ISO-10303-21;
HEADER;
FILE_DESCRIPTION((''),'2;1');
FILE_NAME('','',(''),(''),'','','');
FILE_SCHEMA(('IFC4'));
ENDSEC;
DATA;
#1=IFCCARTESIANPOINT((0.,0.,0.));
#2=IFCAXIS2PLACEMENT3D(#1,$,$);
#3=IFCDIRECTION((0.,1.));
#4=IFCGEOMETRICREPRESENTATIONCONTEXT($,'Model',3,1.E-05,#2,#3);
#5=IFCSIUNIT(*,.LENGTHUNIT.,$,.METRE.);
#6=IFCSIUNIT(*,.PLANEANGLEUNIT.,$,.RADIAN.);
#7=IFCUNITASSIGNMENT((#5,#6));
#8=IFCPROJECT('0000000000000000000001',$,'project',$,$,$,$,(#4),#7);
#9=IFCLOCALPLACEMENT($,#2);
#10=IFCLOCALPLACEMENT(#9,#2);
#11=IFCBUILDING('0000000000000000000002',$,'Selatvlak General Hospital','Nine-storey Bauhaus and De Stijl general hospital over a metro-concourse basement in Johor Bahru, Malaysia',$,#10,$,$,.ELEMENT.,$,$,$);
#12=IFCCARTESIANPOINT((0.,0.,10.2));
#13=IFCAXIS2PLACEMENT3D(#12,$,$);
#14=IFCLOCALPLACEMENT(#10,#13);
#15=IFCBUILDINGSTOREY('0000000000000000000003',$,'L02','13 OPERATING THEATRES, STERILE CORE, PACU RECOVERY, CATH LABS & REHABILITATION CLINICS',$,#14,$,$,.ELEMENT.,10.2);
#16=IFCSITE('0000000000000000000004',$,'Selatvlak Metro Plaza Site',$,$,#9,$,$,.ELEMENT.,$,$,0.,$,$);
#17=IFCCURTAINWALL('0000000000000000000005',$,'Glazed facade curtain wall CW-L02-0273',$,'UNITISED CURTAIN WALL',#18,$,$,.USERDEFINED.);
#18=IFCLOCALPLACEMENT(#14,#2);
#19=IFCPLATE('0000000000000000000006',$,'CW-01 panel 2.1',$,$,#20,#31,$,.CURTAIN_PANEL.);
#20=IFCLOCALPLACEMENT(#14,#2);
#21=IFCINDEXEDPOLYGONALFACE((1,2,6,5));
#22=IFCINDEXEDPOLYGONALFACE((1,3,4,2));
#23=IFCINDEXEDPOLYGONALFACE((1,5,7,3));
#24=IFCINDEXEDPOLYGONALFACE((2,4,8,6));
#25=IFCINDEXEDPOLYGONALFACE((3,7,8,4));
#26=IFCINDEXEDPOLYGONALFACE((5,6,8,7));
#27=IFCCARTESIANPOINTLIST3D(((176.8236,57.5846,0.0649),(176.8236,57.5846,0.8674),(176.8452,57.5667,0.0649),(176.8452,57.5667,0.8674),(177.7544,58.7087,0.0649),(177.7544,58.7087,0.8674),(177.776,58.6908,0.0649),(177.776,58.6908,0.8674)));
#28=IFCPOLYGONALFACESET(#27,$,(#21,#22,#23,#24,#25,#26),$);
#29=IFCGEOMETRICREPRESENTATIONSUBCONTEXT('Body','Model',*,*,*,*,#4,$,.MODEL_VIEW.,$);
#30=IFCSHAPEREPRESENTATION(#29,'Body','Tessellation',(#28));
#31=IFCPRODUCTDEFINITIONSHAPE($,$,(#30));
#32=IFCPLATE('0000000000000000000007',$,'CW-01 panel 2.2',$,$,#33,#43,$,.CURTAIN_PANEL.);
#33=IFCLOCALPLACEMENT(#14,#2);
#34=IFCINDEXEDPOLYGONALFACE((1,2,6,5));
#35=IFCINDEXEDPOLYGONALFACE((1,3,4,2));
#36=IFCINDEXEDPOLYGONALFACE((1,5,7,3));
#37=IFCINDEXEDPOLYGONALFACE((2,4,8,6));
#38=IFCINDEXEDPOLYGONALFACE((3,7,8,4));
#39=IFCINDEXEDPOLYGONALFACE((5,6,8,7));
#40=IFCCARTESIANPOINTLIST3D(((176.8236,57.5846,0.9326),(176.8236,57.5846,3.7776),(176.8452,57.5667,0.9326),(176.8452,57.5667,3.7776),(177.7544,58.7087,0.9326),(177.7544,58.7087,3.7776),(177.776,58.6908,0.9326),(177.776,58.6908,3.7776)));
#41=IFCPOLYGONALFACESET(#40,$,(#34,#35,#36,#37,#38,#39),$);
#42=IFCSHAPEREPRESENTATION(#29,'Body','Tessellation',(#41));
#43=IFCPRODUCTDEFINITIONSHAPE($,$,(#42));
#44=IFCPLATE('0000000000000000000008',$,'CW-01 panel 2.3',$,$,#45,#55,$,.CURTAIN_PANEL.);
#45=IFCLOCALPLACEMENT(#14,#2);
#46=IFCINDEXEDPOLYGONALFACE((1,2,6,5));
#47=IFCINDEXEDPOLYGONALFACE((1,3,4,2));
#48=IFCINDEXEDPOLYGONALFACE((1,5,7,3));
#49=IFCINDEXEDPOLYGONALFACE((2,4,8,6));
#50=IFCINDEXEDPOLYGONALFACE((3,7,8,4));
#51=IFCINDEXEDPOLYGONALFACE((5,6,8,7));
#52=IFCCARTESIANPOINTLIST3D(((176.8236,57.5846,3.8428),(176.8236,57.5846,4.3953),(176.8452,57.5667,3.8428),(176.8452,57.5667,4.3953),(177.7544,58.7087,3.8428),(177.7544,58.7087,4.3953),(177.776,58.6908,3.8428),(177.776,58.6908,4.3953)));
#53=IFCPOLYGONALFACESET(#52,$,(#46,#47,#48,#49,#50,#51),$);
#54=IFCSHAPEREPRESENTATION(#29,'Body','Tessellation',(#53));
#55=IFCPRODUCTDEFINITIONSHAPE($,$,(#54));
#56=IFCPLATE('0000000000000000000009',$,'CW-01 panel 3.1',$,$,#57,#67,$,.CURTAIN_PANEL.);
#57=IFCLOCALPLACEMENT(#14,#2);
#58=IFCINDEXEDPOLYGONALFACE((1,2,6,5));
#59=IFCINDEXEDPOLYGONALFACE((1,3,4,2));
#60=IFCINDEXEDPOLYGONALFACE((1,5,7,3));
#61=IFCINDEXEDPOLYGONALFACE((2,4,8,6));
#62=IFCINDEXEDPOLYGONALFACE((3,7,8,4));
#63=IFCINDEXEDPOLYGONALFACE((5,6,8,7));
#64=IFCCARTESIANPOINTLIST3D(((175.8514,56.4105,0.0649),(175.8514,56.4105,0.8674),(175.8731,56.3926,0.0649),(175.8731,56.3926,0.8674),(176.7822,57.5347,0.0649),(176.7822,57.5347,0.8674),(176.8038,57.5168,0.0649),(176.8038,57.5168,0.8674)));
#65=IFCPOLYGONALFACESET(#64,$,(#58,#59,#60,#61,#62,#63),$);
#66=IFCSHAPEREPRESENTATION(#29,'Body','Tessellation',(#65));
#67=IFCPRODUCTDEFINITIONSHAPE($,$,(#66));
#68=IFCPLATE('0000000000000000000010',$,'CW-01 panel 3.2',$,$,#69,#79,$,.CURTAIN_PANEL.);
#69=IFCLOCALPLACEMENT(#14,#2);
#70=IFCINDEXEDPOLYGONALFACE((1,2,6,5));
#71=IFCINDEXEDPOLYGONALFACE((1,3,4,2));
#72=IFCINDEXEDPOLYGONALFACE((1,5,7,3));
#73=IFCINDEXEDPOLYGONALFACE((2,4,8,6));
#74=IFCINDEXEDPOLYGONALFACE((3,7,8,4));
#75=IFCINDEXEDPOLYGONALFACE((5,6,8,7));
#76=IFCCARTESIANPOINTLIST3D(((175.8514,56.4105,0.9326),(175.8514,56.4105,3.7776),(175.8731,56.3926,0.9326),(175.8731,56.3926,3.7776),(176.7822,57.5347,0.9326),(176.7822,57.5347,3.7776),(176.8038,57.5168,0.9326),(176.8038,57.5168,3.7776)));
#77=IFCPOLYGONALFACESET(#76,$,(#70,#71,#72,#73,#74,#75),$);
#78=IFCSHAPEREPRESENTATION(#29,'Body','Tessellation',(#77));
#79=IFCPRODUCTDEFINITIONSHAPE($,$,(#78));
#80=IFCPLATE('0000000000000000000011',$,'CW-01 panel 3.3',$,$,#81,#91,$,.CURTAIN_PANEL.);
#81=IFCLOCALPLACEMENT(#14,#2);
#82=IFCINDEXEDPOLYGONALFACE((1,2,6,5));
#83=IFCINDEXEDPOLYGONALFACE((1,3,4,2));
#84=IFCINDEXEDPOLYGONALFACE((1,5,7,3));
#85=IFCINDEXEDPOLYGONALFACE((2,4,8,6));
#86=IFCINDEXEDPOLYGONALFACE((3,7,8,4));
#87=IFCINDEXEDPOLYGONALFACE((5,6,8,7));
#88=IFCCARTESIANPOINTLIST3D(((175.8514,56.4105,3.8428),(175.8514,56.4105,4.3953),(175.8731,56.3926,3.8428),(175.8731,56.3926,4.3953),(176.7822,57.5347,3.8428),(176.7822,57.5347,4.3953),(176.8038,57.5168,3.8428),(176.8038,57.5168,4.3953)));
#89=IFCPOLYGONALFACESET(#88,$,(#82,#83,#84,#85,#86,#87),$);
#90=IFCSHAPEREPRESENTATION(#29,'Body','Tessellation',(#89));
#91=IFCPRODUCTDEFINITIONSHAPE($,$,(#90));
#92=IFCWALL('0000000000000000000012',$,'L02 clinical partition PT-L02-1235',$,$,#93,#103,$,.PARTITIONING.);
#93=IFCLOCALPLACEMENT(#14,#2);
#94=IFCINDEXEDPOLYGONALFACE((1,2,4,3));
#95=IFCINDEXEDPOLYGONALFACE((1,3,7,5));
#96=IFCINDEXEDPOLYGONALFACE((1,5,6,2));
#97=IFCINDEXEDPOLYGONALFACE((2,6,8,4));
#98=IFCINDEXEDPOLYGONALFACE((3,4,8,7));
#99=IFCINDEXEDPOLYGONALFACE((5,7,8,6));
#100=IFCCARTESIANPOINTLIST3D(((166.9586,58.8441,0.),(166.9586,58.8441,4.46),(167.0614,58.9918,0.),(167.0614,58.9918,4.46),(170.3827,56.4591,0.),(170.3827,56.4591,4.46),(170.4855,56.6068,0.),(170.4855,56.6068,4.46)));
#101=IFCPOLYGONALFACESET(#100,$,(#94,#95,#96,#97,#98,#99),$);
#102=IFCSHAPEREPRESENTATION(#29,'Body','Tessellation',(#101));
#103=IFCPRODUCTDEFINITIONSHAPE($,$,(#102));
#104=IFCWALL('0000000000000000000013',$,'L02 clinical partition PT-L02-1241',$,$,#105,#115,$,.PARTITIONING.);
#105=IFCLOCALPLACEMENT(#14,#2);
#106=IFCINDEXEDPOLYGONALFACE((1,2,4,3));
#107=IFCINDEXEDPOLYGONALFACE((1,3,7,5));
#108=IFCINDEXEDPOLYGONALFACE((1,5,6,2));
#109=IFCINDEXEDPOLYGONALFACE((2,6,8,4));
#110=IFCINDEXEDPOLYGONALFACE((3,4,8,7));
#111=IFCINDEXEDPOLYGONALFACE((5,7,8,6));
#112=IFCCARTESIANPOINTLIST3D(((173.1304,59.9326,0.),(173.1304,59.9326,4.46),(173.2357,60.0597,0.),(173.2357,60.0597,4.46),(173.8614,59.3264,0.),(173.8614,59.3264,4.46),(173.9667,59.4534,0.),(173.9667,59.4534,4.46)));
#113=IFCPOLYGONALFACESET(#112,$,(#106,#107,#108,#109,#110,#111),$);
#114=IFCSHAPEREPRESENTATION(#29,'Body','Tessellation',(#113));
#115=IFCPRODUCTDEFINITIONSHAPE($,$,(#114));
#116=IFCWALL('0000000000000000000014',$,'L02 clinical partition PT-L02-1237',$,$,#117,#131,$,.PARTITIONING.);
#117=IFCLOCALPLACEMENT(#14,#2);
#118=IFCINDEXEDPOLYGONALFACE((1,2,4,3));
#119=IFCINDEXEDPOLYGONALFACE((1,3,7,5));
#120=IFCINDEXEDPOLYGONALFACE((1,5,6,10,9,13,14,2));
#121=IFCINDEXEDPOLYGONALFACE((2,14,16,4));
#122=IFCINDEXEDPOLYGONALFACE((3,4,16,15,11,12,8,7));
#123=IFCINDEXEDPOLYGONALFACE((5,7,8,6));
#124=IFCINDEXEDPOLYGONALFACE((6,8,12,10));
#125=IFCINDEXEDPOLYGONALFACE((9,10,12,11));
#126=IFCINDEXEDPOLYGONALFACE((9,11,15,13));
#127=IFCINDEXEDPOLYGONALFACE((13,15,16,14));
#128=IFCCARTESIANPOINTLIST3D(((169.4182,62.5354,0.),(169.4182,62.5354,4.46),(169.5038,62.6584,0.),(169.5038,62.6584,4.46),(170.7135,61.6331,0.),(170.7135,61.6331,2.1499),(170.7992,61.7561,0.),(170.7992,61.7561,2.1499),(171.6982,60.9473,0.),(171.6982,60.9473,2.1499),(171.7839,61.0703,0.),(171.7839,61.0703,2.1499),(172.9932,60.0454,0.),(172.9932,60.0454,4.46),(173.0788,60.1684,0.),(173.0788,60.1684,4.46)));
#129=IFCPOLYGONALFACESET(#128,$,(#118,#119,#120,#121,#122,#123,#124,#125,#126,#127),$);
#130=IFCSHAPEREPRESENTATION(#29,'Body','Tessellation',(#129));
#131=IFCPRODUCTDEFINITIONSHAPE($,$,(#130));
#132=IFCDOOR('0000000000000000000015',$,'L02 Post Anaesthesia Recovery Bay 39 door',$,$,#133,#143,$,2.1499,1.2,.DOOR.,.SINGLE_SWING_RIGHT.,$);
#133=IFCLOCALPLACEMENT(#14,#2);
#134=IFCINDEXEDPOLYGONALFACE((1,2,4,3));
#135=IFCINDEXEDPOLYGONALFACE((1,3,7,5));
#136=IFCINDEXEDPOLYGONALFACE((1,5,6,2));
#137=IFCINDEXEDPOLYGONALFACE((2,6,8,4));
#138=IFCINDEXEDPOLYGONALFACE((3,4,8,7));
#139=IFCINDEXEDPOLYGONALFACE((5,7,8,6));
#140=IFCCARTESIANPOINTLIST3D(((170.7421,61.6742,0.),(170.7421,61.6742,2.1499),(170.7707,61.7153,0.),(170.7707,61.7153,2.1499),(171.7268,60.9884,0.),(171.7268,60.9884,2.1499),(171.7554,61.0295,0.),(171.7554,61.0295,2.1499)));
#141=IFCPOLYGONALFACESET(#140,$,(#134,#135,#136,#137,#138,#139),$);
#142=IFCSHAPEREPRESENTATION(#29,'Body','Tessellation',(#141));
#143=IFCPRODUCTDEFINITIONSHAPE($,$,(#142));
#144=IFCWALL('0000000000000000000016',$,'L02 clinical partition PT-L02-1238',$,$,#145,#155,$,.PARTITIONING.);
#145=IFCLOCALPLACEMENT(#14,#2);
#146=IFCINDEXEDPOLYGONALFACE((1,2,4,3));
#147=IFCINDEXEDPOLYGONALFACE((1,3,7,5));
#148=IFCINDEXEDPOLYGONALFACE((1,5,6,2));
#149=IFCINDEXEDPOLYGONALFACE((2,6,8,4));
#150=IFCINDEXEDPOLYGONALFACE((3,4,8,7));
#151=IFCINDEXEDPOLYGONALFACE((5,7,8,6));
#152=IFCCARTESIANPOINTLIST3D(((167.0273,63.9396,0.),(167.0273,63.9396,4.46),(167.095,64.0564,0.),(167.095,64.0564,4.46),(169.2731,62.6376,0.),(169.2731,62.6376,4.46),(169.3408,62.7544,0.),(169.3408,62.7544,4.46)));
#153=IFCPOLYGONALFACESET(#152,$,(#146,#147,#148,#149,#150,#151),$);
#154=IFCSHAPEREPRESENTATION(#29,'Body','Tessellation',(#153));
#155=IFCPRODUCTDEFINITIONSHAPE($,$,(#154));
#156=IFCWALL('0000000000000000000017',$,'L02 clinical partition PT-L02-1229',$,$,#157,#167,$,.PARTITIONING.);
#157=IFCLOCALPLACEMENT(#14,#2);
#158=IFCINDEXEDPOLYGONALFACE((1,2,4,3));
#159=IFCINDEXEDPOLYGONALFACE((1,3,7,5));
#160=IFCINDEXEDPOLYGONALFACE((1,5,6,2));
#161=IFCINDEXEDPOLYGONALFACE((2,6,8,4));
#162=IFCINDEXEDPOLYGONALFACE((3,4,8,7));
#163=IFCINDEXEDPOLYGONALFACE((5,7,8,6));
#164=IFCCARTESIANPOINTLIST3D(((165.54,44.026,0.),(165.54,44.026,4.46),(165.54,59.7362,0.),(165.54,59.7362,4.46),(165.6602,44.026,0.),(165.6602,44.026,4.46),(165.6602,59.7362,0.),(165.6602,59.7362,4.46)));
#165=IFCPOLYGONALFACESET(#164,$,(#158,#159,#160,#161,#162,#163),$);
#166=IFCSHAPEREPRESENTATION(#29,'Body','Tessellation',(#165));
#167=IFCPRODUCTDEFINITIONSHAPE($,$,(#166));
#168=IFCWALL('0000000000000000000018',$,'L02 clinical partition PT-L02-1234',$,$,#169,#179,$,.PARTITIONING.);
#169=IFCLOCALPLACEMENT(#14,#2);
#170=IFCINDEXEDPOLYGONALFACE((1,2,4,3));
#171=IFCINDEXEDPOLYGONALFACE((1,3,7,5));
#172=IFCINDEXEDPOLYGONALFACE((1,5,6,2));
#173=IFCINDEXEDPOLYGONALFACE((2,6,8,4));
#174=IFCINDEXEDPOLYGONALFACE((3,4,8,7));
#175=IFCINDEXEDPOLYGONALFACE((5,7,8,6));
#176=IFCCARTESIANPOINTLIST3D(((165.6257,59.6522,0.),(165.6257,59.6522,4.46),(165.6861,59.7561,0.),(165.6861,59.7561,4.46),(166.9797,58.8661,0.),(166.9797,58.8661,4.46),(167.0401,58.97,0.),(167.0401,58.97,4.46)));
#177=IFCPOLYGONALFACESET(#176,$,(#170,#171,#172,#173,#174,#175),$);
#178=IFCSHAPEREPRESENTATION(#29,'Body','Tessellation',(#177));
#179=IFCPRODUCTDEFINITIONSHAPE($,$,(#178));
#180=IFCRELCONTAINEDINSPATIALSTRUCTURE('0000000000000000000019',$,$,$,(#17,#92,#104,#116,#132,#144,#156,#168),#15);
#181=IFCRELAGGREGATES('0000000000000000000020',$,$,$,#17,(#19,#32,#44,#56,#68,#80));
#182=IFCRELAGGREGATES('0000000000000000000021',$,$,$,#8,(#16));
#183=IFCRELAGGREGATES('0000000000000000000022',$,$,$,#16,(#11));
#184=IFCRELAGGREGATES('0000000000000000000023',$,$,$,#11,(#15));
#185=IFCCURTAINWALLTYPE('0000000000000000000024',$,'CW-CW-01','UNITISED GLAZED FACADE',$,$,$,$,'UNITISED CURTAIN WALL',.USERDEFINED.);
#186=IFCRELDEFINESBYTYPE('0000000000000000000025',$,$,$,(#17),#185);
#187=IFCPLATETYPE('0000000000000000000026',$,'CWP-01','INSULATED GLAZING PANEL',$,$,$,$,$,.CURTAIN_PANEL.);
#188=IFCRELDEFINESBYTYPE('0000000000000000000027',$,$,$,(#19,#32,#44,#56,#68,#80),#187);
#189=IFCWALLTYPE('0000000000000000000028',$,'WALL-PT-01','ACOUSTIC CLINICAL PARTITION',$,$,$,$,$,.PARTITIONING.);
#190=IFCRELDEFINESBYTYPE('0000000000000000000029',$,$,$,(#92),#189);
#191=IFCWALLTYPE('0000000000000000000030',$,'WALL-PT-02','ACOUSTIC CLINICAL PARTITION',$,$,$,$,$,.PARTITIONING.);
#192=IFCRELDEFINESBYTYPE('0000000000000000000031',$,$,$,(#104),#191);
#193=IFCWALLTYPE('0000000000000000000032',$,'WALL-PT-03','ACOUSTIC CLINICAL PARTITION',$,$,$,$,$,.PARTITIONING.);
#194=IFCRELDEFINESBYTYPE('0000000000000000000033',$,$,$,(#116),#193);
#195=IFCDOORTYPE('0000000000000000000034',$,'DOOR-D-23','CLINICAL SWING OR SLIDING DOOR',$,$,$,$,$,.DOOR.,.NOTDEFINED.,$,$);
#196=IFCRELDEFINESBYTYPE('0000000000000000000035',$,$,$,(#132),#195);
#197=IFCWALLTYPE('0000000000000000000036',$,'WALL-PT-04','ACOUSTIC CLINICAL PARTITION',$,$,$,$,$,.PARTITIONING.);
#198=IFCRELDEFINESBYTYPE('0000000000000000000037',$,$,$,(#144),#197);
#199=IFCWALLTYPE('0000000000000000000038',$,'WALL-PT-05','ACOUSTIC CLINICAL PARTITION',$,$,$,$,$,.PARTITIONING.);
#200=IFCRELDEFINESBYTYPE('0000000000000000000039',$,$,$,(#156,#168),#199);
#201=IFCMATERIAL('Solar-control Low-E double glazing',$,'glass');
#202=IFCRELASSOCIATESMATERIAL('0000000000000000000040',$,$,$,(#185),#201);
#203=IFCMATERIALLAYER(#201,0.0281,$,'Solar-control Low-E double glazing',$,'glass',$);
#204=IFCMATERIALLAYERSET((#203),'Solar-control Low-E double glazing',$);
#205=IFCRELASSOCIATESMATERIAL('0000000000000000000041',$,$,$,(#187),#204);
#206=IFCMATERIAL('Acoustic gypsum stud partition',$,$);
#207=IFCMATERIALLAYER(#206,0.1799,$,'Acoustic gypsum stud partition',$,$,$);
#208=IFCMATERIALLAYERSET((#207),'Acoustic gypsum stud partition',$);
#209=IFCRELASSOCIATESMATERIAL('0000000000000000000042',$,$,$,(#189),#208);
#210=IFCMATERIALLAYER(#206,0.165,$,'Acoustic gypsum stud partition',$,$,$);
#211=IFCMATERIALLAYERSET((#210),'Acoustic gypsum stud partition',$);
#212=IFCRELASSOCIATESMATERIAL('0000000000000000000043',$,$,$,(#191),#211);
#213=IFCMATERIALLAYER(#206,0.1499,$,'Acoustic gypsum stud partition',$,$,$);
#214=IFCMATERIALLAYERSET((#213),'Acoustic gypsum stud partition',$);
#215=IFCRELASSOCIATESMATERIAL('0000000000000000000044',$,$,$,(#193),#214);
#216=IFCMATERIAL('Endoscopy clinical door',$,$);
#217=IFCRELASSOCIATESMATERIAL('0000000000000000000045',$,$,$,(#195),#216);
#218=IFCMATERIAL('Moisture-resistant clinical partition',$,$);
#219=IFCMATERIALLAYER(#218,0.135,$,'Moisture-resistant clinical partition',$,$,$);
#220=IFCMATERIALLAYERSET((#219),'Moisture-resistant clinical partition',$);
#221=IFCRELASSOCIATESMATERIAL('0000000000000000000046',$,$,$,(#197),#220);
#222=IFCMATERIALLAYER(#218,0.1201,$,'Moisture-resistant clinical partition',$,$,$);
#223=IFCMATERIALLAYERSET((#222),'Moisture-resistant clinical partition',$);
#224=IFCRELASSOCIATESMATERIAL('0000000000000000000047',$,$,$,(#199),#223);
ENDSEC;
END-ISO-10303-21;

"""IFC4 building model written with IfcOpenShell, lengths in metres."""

from ifc_helpers import new_model, si_unit, direction, frame, frame_2d, origin, origin_2d, place, context, subcontext, project, spatial, rectangle, extrude, material, layer, layer_set, type_object, element, fill, aggregate, save


model = new_model("IFC4")

# Units and contexts
model_context = context("Model", 3, precision=1e-05, world=origin(), true_north=direction((0.0, 1.0)))
body_context = subcontext(model_context, "Body", "Model", "MODEL_VIEW")
ifc_project = project(units=[si_unit("LENGTHUNIT", "METRE"), si_unit("PLANEANGLEUNIT", "RADIAN")], contexts=[model_context])

# Site, building, storey
site_placement = place(None, origin())
site = spatial("IfcSite", under=ifc_project, at=site_placement, Name="Selatvlak Metro Plaza Site", CompositionType="ELEMENT", RefElevation=0.0)
building_placement = place(site_placement, origin())
building = spatial("IfcBuilding", under=site, at=building_placement, Name="Selatvlak General Hospital", Description="Nine-storey Bauhaus and De Stijl general hospital over a metro-concourse basement in Johor Bahru, Malaysia", CompositionType="ELEMENT")
storey_placement = place(building_placement, frame((0.0, 0.0, 10.2)))
storey = spatial("IfcBuildingStorey", under=building, at=storey_placement, Name="L02", Description="13 OPERATING THEATRES, STERILE CORE, PACU RECOVERY, CATH LABS & REHABILITATION CLINICS", CompositionType="ELEMENT", Elevation=10.2)

# Curtain wall, plates
ifc_material_1 = material(Name="Solar-control Low-E double glazing", Category="glass")
curtain_wall_type = type_object("IfcCurtainWallType", Name="CW-CW-01", Description="UNITISED GLAZED FACADE", ElementType="UNITISED CURTAIN WALL", PredefinedType="USERDEFINED", material=ifc_material_1)
curtain_wall_placement = place(storey_placement, origin())
curtain_wall = element("IfcCurtainWall", 1, at=curtain_wall_placement, inside=storey, type_object=curtain_wall_type, Name="Glazed facade curtain wall CW-L02-0273", ObjectType="UNITISED CURTAIN WALL", PredefinedType="USERDEFINED")
ifc_layer_1 = layer(ifc_material_1, 0.0281, Name="Solar-control Low-E double glazing", Category="glass")
ifc_layer_set_1 = layer_set([ifc_layer_1], Name="Solar-control Low-E double glazing")
plate_type = type_object("IfcPlateType", Name="CWP-01", Description="INSULATED GLAZING PANEL", PredefinedType="CURTAIN_PANEL", material=ifc_layer_set_1)
plate_1_placement = place(storey_placement, frame((177.2998, 58.1377, 0.0649), z_axis=(0.0, 0.0, 1.0), x_axis=(-0.63774, -0.770252, 0.0)))
plate_1 = element("IfcPlate", 2, at=plate_1_placement, type_object=plate_type, Name="CW-01 panel 2.1", PredefinedType="CURTAIN_PANEL", context=body_context, shape_type="SweptSolid", body=[
    extrude(rectangle(XDim=1.4595, YDim=0.0281, at=origin_2d()), origin(), (0.0, 0.0, 1.0), 0.8025),
])
plate_2_placement = place(storey_placement, frame((177.2998, 58.1377, 0.9326), z_axis=(0.0, 0.0, 1.0), x_axis=(-0.63774, -0.770252, 0.0)))
plate_2 = element("IfcPlate", 3, at=plate_2_placement, type_object=plate_type, Name="CW-01 panel 2.2", PredefinedType="CURTAIN_PANEL", context=body_context, shape_type="SweptSolid", body=[
    extrude(rectangle(XDim=1.4595, YDim=0.0281, at=origin_2d()), origin(), (0.0, 0.0, 1.0), 2.845),
])
plate_3_placement = place(storey_placement, frame((177.2998, 58.1377, 3.8428), z_axis=(0.0, 0.0, 1.0), x_axis=(-0.63774, -0.770252, 0.0)))
plate_3 = element("IfcPlate", 4, at=plate_3_placement, type_object=plate_type, Name="CW-01 panel 2.3", PredefinedType="CURTAIN_PANEL", context=body_context, shape_type="SweptSolid", body=[
    extrude(rectangle(XDim=1.4595, YDim=0.0281, at=origin_2d()), origin(), (0.0, 0.0, 1.0), 0.5525),
])
plate_4_placement = place(storey_placement, frame((176.3276, 56.9636, 0.0649), z_axis=(0.0, 0.0, 1.0), x_axis=(-0.63774, -0.770252, 0.0)))
plate_4 = element("IfcPlate", 5, at=plate_4_placement, type_object=plate_type, Name="CW-01 panel 3.1", PredefinedType="CURTAIN_PANEL", context=body_context, shape_type="SweptSolid", body=[
    extrude(rectangle(XDim=1.4595, YDim=0.0281, at=origin_2d()), origin(), (0.0, 0.0, 1.0), 0.8025),
])
plate_5_placement = place(storey_placement, frame((176.3276, 56.9636, 0.9326), z_axis=(0.0, 0.0, 1.0), x_axis=(-0.63774, -0.770252, 0.0)))
plate_5 = element("IfcPlate", 6, at=plate_5_placement, type_object=plate_type, Name="CW-01 panel 3.2", PredefinedType="CURTAIN_PANEL", context=body_context, shape_type="SweptSolid", body=[
    extrude(rectangle(XDim=1.4595, YDim=0.0281, at=origin_2d()), origin(), (0.0, 0.0, 1.0), 2.845),
])
plate_6_placement = place(storey_placement, frame((176.3276, 56.9636, 3.8428), z_axis=(0.0, 0.0, 1.0), x_axis=(-0.63774, -0.770252, 0.0)))
plate_6 = element("IfcPlate", 7, at=plate_6_placement, type_object=plate_type, Name="CW-01 panel 3.3", PredefinedType="CURTAIN_PANEL", context=body_context, shape_type="SweptSolid", body=[
    extrude(rectangle(XDim=1.4595, YDim=0.0281, at=origin_2d()), origin(), (0.0, 0.0, 1.0), 0.5525),
])
aggregate(curtain_wall, [plate_1, plate_2, plate_3, plate_4, plate_5, plate_6])

# Walls
ifc_material_2 = material(Name="Acoustic gypsum stud partition")
ifc_layer_2 = layer(ifc_material_2, 0.1799, Name="Acoustic gypsum stud partition")
ifc_layer_set_2 = layer_set([ifc_layer_2], Name="Acoustic gypsum stud partition")
wall_type_1 = type_object("IfcWallType", Name="WALL-PT-01", Description="ACOUSTIC CLINICAL PARTITION", PredefinedType="PARTITIONING", material=ifc_layer_set_2)
wall_1_placement = place(storey_placement, frame((167.01, 58.918, 0.0), z_axis=(0.0, 0.0, 1.0), x_axis=(0.820563, -0.571556, 0.0)))
element("IfcWall", 8, at=wall_1_placement, inside=storey, type_object=wall_type_1, Name="L02 clinical partition PT-L02-1235", PredefinedType="PARTITIONING", context=body_context, shape_type="SweptSolid", body=[
    extrude(rectangle(XDim=4.1729, YDim=0.1799, at=frame_2d((2.0864, 0.0))), origin(), (0.0, 0.0, 1.0), 4.46),
])
ifc_layer_3 = layer(ifc_material_2, 0.165, Name="Acoustic gypsum stud partition")
ifc_layer_set_3 = layer_set([ifc_layer_3], Name="Acoustic gypsum stud partition")
wall_type_2 = type_object("IfcWallType", Name="WALL-PT-02", Description="ACOUSTIC CLINICAL PARTITION", PredefinedType="PARTITIONING", material=ifc_layer_set_3)
wall_2_placement = place(storey_placement, frame((173.9141, 59.3899, 0.0), z_axis=(0.0, 0.0, 1.0), x_axis=(-0.769736, 0.638362, 0.0)))
element("IfcWall", 9, at=wall_2_placement, inside=storey, type_object=wall_type_2, Name="L02 clinical partition PT-L02-1241", PredefinedType="PARTITIONING", context=body_context, shape_type="SweptSolid", body=[
    extrude(rectangle(XDim=0.9497, YDim=0.165, at=frame_2d((0.4749, 0.0))), origin(), (0.0, 0.0, 1.0), 4.46),
])

# Wall, opening, door
ifc_layer_4 = layer(ifc_material_2, 0.1499, Name="Acoustic gypsum stud partition")
ifc_layer_set_4 = layer_set([ifc_layer_4], Name="Acoustic gypsum stud partition")
wall_type_3 = type_object("IfcWallType", Name="WALL-PT-03", Description="ACOUSTIC CLINICAL PARTITION", PredefinedType="PARTITIONING", material=ifc_layer_set_4)
wall_3_placement = place(storey_placement, frame((173.0359, 60.1069, 0.0), z_axis=(0.0, 0.0, 1.0), x_axis=(-0.820575, 0.571539, 0.0)))
wall_3 = element("IfcWall", 10, at=wall_3_placement, inside=storey, type_object=wall_type_3, Name="L02 clinical partition PT-L02-1237", PredefinedType="PARTITIONING", context=body_context, shape_type="SweptSolid", body=[
    extrude(rectangle(XDim=4.3567, YDim=0.1499, at=frame_2d((2.1782, 0.0))), origin(), (0.0, 0.0, 1.0), 4.46),
])
opening_1_placement = place(wall_3_placement, frame((1.5779, 0.0, 0.0)))
opening_1 = element("IfcOpeningElement", 11, at=opening_1_placement, cuts=wall_3, PredefinedType="OPENING", context=body_context, shape_type="SweptSolid", body=[
    extrude(rectangle(XDim=1.2, YDim=2.1499, at=frame_2d((0.6001, 1.075))), frame((0.0, 0.085, 0.0), z_axis=(0.0, -1.0, 0.0), x_axis=(1.0, 0.0, 0.0)), (0.0, 0.0, 1.0), 0.1699),
])
ifc_material_3 = material(Name="Endoscopy clinical door")
door_type_1 = type_object("IfcDoorType", Name="DOOR-D-23", Description="CLINICAL SWING OR SLIDING DOOR", OperationType="NOTDEFINED", PredefinedType="DOOR", material=ifc_material_3)
door_1_placement = place(opening_1_placement, origin())
door_1 = element("IfcDoor", 12, at=door_1_placement, inside=storey, type_object=door_type_1, Name="L02 Post Anaesthesia Recovery Bay 39 door", OperationType="SINGLE_SWING_RIGHT", OverallHeight=2.1499, OverallWidth=1.2, PredefinedType="DOOR", context=body_context, shape_type="SweptSolid", body=[
    extrude(rectangle(XDim=1.2, YDim=2.1499, at=frame_2d((0.6001, 1.075))), frame((0.0, 0.0249, 0.0), z_axis=(0.0, -1.0, 0.0), x_axis=(1.0, 0.0, 0.0)), (0.0, 0.0, 1.0), 0.05),
])
fill(opening_1, door_1)

# Walls
ifc_material_4 = material(Name="Moisture-resistant clinical partition")
ifc_layer_5 = layer(ifc_material_4, 0.135, Name="Moisture-resistant clinical partition")
ifc_layer_set_5 = layer_set([ifc_layer_5], Name="Moisture-resistant clinical partition")
wall_type_4 = type_object("IfcWallType", Name="WALL-PT-04", Description="ACOUSTIC CLINICAL PARTITION", PredefinedType="PARTITIONING", material=ifc_layer_set_5)
wall_4_placement = place(storey_placement, frame((169.3069, 62.696, 0.0), z_axis=(0.0, 0.0, 1.0), x_axis=(-0.86513, 0.501548, 0.0)))
element("IfcWall", 13, at=wall_4_placement, inside=storey, type_object=wall_type_4, Name="L02 clinical partition PT-L02-1238", PredefinedType="PARTITIONING", context=body_context, shape_type="SweptSolid", body=[
    extrude(rectangle(XDim=2.5959, YDim=0.135, at=frame_2d((1.2979, 0.0))), origin(), (0.0, 0.0, 1.0), 4.46),
])
ifc_layer_6 = layer(ifc_material_4, 0.1201, Name="Moisture-resistant clinical partition")
ifc_layer_set_6 = layer_set([ifc_layer_6], Name="Moisture-resistant clinical partition")
wall_type_5 = type_object("IfcWallType", Name="WALL-PT-05", Description="ACOUSTIC CLINICAL PARTITION", PredefinedType="PARTITIONING", material=ifc_layer_set_6)
wall_5_placement = place(storey_placement, frame((165.6001, 59.7361, 0.0), z_axis=(0.0, 0.0, 1.0), x_axis=(0.0, -1.0, 0.0)))
element("IfcWall", 14, at=wall_5_placement, inside=storey, type_object=wall_type_5, Name="L02 clinical partition PT-L02-1229", PredefinedType="PARTITIONING", context=body_context, shape_type="SweptSolid", body=[
    extrude(rectangle(XDim=15.7102, YDim=0.1201, at=frame_2d((7.855, 0.0))), origin(), (0.0, 0.0, 1.0), 4.46),
])
wall_6_placement = place(storey_placement, frame((165.656, 59.7041, 0.0), z_axis=(0.0, 0.0, 1.0), x_axis=(0.864806, -0.502105, 0.0)))
element("IfcWall", 15, at=wall_6_placement, inside=storey, type_object=wall_type_5, Name="L02 clinical partition PT-L02-1234", PredefinedType="PARTITIONING", context=body_context, shape_type="SweptSolid", body=[
    extrude(rectangle(XDim=1.5657, YDim=0.1201, at=frame_2d((0.7827, 0.0))), origin(), (0.0, 0.0, 1.0), 4.46),
])

save(model, "model.ifc")
